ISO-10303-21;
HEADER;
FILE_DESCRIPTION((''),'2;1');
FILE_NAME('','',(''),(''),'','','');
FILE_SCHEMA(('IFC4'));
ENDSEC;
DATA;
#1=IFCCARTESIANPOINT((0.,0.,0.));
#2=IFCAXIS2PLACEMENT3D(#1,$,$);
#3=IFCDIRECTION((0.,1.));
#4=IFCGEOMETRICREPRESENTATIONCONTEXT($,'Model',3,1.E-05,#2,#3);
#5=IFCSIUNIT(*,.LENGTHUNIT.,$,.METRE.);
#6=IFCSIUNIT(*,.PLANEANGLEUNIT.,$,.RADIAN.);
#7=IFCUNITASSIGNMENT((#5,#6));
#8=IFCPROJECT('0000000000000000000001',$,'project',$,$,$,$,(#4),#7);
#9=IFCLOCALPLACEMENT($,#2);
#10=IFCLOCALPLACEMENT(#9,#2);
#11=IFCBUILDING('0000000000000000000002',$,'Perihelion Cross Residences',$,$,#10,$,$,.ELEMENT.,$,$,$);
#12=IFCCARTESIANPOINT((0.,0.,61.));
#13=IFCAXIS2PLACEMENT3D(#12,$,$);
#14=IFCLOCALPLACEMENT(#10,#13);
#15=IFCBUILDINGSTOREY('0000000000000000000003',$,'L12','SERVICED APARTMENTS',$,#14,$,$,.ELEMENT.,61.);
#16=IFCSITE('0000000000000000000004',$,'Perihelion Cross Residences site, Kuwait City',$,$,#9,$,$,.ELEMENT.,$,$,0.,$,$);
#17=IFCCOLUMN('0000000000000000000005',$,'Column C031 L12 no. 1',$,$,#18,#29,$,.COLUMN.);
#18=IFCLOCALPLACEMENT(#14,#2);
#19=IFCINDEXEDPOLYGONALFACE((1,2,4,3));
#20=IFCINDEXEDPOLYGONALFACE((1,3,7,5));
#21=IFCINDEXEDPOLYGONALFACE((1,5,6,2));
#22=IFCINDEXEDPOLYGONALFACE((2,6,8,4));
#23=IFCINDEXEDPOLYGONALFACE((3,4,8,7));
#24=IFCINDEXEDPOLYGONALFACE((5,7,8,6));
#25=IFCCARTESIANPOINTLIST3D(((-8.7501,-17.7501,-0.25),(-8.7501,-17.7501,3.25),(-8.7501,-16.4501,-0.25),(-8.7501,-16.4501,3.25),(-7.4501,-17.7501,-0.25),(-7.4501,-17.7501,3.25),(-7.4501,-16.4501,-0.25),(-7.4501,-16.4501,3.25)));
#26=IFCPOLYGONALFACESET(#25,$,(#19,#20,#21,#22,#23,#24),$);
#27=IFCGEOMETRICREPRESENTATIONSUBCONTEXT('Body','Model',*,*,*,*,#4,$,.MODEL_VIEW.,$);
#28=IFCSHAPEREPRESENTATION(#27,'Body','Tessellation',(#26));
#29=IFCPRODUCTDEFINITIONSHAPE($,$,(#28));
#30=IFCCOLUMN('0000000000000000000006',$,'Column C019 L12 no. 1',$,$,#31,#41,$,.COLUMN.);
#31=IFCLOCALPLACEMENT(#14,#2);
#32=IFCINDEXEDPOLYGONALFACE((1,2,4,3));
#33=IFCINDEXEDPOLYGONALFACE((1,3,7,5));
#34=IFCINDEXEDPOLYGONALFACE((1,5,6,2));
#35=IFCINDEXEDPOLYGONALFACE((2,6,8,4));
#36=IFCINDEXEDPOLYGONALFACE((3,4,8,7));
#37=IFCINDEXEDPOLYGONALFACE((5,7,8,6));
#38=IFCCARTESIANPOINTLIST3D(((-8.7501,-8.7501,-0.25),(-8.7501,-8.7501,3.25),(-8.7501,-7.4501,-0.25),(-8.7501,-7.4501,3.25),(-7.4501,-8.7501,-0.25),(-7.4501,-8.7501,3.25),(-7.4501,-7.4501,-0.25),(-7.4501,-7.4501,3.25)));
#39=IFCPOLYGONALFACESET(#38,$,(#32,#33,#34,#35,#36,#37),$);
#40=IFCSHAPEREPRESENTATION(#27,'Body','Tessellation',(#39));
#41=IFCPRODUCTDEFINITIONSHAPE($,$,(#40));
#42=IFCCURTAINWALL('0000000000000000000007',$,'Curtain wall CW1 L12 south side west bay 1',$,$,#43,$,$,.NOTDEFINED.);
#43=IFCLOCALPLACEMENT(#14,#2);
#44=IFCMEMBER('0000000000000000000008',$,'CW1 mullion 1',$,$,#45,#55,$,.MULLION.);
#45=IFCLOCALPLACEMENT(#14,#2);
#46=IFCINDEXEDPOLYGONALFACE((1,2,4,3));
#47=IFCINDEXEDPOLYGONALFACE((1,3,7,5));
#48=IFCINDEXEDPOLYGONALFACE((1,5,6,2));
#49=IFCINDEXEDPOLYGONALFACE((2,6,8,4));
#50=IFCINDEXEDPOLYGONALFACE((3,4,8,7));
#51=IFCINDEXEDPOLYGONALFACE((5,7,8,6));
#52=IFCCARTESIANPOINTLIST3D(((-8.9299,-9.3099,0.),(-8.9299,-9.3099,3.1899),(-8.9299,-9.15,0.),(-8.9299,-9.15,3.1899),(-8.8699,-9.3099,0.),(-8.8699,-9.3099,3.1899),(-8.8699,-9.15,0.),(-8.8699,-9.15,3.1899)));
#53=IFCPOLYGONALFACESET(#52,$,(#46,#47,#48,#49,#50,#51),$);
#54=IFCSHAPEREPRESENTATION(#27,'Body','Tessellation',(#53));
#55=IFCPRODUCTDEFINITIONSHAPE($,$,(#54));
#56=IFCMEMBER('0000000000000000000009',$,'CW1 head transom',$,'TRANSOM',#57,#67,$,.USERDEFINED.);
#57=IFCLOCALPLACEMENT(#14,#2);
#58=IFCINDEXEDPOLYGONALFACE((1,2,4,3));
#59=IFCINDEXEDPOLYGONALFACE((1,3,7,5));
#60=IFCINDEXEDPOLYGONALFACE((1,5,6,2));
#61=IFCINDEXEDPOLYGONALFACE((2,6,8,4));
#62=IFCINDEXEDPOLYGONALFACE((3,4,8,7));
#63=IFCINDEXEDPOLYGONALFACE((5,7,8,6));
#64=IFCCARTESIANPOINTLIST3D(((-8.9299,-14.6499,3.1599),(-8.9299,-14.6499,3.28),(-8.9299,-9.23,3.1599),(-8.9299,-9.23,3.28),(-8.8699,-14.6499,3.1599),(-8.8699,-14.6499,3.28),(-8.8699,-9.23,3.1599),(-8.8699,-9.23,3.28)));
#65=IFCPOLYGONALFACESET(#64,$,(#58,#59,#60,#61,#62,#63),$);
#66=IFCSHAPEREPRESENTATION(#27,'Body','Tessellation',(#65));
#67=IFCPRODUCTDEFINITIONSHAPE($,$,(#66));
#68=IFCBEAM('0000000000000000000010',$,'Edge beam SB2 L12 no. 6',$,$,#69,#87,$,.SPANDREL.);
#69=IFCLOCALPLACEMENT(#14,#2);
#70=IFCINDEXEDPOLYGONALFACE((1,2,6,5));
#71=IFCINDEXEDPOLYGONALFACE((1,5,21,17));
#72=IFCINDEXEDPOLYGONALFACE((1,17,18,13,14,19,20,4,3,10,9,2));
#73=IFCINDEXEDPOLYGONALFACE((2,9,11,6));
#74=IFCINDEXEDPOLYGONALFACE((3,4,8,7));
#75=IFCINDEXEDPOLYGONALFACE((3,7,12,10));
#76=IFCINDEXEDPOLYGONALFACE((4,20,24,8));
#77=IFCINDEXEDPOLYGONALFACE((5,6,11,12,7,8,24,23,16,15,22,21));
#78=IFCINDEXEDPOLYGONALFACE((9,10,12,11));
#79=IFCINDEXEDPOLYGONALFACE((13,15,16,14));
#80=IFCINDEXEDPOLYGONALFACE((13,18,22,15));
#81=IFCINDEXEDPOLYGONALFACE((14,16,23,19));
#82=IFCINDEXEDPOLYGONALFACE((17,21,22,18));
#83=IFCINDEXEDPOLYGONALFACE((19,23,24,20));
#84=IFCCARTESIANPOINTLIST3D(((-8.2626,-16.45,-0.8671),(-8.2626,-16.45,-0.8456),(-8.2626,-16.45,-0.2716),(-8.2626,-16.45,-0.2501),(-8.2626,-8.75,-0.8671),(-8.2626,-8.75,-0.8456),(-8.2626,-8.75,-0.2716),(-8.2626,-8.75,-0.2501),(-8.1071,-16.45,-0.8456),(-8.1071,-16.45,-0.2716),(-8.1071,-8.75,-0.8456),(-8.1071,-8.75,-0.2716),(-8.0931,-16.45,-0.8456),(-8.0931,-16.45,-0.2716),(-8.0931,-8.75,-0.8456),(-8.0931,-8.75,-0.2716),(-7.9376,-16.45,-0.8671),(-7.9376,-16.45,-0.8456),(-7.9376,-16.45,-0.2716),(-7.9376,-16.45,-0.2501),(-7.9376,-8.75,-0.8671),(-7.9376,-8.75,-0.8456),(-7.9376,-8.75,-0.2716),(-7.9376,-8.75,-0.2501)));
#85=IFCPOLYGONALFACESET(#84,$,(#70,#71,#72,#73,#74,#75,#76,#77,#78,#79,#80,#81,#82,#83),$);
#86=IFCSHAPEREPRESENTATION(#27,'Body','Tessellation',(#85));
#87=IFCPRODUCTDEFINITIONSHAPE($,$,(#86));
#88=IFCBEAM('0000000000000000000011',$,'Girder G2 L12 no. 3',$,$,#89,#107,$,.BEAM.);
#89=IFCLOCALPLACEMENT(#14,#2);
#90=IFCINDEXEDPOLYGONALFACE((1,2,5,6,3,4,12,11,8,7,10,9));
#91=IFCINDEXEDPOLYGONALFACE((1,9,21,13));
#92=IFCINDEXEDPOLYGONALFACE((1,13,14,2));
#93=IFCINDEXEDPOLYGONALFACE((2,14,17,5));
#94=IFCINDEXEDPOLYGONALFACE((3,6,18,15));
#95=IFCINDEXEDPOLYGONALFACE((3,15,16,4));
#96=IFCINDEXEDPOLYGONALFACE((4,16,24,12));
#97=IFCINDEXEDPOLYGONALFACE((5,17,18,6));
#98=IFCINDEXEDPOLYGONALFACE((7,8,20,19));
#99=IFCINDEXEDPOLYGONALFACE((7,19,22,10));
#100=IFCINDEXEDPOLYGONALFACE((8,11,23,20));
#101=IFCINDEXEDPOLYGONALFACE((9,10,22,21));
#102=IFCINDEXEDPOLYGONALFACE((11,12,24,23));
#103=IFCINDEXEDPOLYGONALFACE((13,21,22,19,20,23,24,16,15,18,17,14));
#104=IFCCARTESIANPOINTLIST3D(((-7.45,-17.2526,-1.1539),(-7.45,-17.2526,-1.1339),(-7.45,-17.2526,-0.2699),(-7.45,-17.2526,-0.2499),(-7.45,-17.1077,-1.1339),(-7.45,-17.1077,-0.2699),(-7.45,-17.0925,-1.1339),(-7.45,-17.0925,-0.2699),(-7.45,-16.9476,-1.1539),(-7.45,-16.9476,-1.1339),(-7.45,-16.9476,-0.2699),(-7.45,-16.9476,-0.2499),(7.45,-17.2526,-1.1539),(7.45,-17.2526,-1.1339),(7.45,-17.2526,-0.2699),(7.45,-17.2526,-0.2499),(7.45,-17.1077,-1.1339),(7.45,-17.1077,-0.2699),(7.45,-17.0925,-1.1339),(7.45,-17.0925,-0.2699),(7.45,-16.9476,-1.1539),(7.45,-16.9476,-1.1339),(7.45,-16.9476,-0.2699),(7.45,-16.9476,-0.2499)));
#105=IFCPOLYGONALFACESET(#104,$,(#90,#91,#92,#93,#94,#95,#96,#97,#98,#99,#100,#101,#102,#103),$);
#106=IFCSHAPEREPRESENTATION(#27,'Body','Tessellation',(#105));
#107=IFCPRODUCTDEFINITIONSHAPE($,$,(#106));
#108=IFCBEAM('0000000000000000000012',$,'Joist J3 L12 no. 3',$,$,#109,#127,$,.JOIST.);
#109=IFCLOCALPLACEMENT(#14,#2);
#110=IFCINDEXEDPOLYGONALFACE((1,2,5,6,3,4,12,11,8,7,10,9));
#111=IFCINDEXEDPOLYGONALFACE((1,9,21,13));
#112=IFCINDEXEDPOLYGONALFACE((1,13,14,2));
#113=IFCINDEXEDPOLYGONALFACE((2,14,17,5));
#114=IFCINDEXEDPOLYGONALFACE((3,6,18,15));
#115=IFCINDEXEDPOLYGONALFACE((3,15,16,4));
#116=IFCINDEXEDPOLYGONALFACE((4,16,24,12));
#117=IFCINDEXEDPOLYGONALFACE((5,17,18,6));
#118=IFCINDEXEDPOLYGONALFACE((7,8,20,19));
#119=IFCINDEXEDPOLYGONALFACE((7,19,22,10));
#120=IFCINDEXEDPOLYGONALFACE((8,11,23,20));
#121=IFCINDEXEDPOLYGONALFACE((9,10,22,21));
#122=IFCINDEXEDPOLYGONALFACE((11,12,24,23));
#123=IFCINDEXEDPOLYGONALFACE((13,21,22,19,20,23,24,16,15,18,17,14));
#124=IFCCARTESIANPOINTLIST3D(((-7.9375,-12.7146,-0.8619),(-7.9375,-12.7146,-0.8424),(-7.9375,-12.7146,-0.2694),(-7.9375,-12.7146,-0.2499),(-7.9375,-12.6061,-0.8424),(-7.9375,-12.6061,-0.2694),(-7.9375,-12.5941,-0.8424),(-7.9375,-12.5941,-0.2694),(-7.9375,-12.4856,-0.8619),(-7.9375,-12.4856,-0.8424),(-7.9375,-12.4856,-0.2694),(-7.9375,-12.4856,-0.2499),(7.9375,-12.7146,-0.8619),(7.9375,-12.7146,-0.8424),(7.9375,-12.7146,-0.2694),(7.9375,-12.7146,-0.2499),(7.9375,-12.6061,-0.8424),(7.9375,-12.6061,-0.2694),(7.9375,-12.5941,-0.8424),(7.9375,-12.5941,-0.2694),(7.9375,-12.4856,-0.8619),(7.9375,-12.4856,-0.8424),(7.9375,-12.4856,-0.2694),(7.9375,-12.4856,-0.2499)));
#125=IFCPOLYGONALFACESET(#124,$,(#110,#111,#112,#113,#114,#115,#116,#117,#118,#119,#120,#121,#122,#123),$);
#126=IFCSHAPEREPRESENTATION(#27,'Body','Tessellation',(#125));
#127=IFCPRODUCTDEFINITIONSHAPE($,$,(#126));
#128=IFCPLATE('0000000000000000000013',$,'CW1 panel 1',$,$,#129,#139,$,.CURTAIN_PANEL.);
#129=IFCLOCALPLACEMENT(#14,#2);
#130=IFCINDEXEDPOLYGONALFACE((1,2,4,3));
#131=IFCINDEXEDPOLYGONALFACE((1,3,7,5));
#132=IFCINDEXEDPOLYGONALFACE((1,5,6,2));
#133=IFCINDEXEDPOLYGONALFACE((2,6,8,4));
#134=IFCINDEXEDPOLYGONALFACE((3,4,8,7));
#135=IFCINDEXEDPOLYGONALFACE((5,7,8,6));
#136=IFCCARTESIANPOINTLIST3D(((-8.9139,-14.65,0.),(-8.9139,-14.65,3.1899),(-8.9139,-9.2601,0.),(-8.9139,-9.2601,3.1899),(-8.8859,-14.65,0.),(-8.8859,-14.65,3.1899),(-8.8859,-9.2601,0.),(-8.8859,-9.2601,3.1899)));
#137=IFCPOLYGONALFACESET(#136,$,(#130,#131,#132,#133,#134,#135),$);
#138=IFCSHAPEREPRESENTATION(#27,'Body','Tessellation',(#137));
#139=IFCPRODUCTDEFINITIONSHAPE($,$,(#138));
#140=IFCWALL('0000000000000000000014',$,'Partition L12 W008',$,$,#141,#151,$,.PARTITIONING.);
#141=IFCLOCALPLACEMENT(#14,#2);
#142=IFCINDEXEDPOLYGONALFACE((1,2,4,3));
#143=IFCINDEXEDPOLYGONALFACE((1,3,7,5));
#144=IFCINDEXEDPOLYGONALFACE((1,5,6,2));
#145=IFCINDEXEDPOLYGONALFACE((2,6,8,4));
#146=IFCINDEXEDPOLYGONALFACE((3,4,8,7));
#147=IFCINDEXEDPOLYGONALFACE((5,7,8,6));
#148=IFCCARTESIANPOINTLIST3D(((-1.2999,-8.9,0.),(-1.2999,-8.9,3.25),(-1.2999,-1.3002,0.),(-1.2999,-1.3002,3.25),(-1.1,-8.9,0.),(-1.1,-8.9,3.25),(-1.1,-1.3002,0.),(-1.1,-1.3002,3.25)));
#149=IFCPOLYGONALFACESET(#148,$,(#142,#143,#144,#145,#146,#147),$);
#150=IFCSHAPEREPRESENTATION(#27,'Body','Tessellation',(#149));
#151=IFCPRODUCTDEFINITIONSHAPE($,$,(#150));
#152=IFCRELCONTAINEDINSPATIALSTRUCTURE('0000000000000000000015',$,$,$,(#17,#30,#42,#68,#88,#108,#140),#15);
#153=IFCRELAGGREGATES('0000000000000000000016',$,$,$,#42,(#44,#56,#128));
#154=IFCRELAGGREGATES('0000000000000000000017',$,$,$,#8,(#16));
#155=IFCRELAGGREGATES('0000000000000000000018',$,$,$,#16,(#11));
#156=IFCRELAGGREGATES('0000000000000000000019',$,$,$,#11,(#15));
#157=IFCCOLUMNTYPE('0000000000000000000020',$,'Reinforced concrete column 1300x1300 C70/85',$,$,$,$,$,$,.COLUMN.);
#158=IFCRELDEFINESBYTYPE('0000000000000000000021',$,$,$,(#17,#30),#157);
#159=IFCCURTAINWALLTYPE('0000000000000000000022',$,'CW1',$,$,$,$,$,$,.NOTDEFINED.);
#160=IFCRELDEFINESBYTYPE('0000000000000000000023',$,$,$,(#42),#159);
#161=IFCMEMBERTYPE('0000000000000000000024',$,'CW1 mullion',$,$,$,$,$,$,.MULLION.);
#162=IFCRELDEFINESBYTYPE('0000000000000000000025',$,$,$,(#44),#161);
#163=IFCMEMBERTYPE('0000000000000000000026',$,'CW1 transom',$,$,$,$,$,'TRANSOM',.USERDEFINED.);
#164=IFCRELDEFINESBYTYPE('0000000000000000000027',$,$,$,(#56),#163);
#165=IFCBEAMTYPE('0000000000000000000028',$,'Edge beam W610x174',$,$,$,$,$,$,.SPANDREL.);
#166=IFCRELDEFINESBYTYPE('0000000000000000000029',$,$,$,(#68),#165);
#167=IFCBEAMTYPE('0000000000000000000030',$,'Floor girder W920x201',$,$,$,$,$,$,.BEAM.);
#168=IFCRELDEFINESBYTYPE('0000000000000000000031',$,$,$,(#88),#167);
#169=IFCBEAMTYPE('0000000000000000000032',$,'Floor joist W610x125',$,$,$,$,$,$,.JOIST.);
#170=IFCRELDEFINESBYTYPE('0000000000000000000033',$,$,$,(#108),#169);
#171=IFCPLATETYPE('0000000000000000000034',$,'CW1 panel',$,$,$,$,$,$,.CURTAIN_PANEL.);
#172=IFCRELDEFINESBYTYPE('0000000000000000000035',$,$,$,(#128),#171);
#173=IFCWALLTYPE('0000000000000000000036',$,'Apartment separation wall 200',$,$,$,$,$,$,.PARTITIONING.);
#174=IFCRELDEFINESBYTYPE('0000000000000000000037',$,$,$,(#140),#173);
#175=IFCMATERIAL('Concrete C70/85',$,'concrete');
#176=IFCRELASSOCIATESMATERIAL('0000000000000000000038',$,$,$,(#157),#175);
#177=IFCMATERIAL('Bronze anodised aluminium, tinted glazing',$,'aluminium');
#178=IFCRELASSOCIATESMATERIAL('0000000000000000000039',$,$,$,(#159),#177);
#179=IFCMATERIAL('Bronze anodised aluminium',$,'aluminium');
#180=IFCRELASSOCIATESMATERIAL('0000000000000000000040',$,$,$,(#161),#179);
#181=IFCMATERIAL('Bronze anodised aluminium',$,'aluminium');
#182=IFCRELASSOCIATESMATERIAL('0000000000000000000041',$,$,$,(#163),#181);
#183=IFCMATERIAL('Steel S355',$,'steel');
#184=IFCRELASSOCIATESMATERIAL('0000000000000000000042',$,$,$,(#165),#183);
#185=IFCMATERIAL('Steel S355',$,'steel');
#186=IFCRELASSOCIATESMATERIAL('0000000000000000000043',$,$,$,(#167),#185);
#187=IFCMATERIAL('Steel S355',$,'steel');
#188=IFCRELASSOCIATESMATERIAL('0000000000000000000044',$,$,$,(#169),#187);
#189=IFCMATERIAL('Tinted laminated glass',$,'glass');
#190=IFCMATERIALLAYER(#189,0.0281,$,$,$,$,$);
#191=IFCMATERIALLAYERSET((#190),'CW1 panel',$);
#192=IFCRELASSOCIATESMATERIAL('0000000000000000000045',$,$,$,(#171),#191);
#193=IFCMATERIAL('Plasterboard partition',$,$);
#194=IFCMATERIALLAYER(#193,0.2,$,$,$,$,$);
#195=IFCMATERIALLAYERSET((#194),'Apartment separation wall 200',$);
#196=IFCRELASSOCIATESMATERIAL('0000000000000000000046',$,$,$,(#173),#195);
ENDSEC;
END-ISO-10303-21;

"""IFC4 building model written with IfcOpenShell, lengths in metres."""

from ifc_helpers import new_model, si_unit, direction, frame, frame_2d, origin, origin_2d, place, context, subcontext, project, spatial, rectangle, i_section, extrude, material, layer, layer_set, material_profile, profile_set, type_object, element, aggregate, save


model = new_model("IFC4")

# Units and contexts
model_context = context("Model", 3, precision=1e-05, world=origin(), true_north=direction((0.0, 1.0)))
body_context = subcontext(model_context, "Body", "Model", "MODEL_VIEW")
ifc_project = project(units=[si_unit("LENGTHUNIT", "METRE"), si_unit("PLANEANGLEUNIT", "RADIAN")], contexts=[model_context])

# Site, building, storey
site_placement = place(None, origin())
site = spatial("IfcSite", under=ifc_project, at=site_placement, Name="Perihelion Cross Residences site, Kuwait City", CompositionType="ELEMENT", RefElevation=0.0)
building_placement = place(site_placement, origin())
building = spatial("IfcBuilding", under=site, at=building_placement, Name="Perihelion Cross Residences", CompositionType="ELEMENT")
storey_placement = place(building_placement, frame((0.0, 0.0, 61.0)))
storey = spatial("IfcBuildingStorey", under=building, at=storey_placement, Name="L12", Description="SERVICED APARTMENTS", CompositionType="ELEMENT", Elevation=61.0)

# Columns
ifc_material_1 = material(Name="Concrete C70/85", Category="concrete")
ifc_material_profile_1 = material_profile(ifc_material_1, rectangle(XDim=1.3, YDim=1.3, at=origin_2d()), Name="RC 1300x1300")
ifc_profile_set_1 = profile_set([ifc_material_profile_1], Name="Concrete C70/85")
column_type = type_object("IfcColumnType", Name="Reinforced concrete column 1300x1300 C70/85", PredefinedType="COLUMN", material=ifc_profile_set_1)
for number, where, z_axis, x_axis, name in (
    (1, (-8.1001, -17.1001, -0.25), (0.0, 0.0, 1.0), (1.0, 0.0, 0.0), "Column C031 L12 no. 1"),
    (2, (-8.1001, -8.1001, -0.25), (0.0, 0.0, 1.0), (1.0, 0.0, 0.0), "Column C019 L12 no. 1"),
):
    element("IfcColumn", number, at=place(storey_placement, frame(where, z_axis=z_axis, x_axis=x_axis)), inside=storey, type_object=column_type, Name=name, PredefinedType="COLUMN", context=body_context, shape_type="SweptSolid", body=[
        extrude(rectangle(XDim=1.3, YDim=1.3, at=origin_2d()), origin(), (0.0, 0.0, 1.0), 3.5),
    ])

# Curtain wall, members
ifc_material_2 = material(Name="Bronze anodised aluminium, tinted glazing", Category="aluminium")
curtain_wall_type = type_object("IfcCurtainWallType", Name="CW1", PredefinedType="NOTDEFINED", material=ifc_material_2)
curtain_wall_placement = place(storey_placement, origin())
curtain_wall = element("IfcCurtainWall", 3, at=curtain_wall_placement, inside=storey, type_object=curtain_wall_type, Name="Curtain wall CW1 L12 south side west bay 1", PredefinedType="NOTDEFINED")
ifc_material_3 = material(Name="Bronze anodised aluminium", Category="aluminium")
ifc_material_profile_2 = material_profile(ifc_material_3, rectangle(XDim=0.0601, YDim=0.1599, at=origin_2d()), Name="CW1 mullion")
ifc_profile_set_2 = profile_set([ifc_material_profile_2], Name="Bronze anodised aluminium")
member_type_1 = type_object("IfcMemberType", Name="CW1 mullion", PredefinedType="MULLION", material=ifc_profile_set_2)
member_1_placement = place(storey_placement, frame((-8.8999, -9.23, 0.0), z_axis=(0.0, 0.0, 1.0), x_axis=(1.0, 0.0, 0.0)))
member_1 = element("IfcMember", 4, at=member_1_placement, type_object=member_type_1, Name="CW1 mullion 1", PredefinedType="MULLION", context=body_context, shape_type="SweptSolid", body=[
    extrude(rectangle(XDim=0.0601, YDim=0.1599, at=origin_2d()), origin(), (0.0, 0.0, 1.0), 3.1899),
])
ifc_material_4 = material(Name="Bronze anodised aluminium", Category="aluminium")
ifc_material_profile_3 = material_profile(ifc_material_4, rectangle(XDim=0.0601, YDim=0.1201, at=origin_2d()), Name="CW1 transom")
ifc_profile_set_3 = profile_set([ifc_material_profile_3], Name="Bronze anodised aluminium")
member_type_2 = type_object("IfcMemberType", Name="CW1 transom", ElementType="TRANSOM", PredefinedType="USERDEFINED", material=ifc_profile_set_3)
member_2_placement = place(storey_placement, frame((-8.8999, -9.23, 3.22), z_axis=(0.0, -1.0, 0.0), x_axis=(1.0, 0.0, 0.0)))
member_2 = element("IfcMember", 5, at=member_2_placement, type_object=member_type_2, Name="CW1 head transom", ObjectType="TRANSOM", PredefinedType="USERDEFINED", context=body_context, shape_type="SweptSolid", body=[
    extrude(rectangle(XDim=0.0601, YDim=0.1201, at=origin_2d()), origin(), (0.0, 0.0, 1.0), 5.4199),
])

# Beams
ifc_material_5 = material(Name="Steel S355", Category="steel")
ifc_material_profile_4 = material_profile(ifc_material_5, i_section(OverallWidth=0.325, OverallDepth=0.6169, WebThickness=0.0139, FlangeThickness=0.0215, at=origin_2d()), Name="W610x174")
ifc_profile_set_4 = profile_set([ifc_material_profile_4], Name="Steel S355")
beam_type_1 = type_object("IfcBeamType", Name="Edge beam W610x174", PredefinedType="SPANDREL", material=ifc_profile_set_4)
beam_1_placement = place(storey_placement, frame((-8.1001, -8.75, -0.5586), z_axis=(0.0, -1.0, 0.0), x_axis=(1.0, 0.0, 0.0)))
element("IfcBeam", 6, at=beam_1_placement, inside=storey, type_object=beam_type_1, Name="Edge beam SB2 L12 no. 6", PredefinedType="SPANDREL", context=body_context, shape_type="SweptSolid", body=[
    extrude(i_section(OverallWidth=0.325, OverallDepth=0.6169, WebThickness=0.0139, FlangeThickness=0.0215, at=origin_2d()), origin(), (0.0, 0.0, 1.0), 7.7),
])
ifc_material_6 = material(Name="Steel S355", Category="steel")
ifc_material_profile_5 = material_profile(ifc_material_6, i_section(OverallWidth=0.3049, OverallDepth=0.9041, WebThickness=0.0151, FlangeThickness=0.02, at=origin_2d()), Name="W920x201")
ifc_profile_set_5 = profile_set([ifc_material_profile_5], Name="Steel S355")
beam_type_2 = type_object("IfcBeamType", Name="Floor girder W920x201", PredefinedType="BEAM", material=ifc_profile_set_5)
beam_2_placement = place(storey_placement, frame((-7.45, -17.1001, -0.7019), z_axis=(1.0, 0.0, 0.0), x_axis=(0.0, 1.0, 0.0)))
element("IfcBeam", 7, at=beam_2_placement, inside=storey, type_object=beam_type_2, Name="Girder G2 L12 no. 3", PredefinedType="BEAM", context=body_context, shape_type="SweptSolid", body=[
    extrude(i_section(OverallWidth=0.3049, OverallDepth=0.9041, WebThickness=0.0151, FlangeThickness=0.02, at=origin_2d()), origin(), (0.0, 0.0, 1.0), 14.8999),
])
ifc_material_7 = material(Name="Steel S355", Category="steel")
ifc_material_profile_6 = material_profile(ifc_material_7, i_section(OverallWidth=0.229, OverallDepth=0.6121, WebThickness=0.012, FlangeThickness=0.0195, at=origin_2d()), Name="W610x125")
ifc_profile_set_6 = profile_set([ifc_material_profile_6], Name="Steel S355")
beam_type_3 = type_object("IfcBeamType", Name="Floor joist W610x125", PredefinedType="JOIST", material=ifc_profile_set_6)
beam_3_placement = place(storey_placement, frame((-7.9375, -12.6001, -0.5559), z_axis=(1.0, 0.0, 0.0), x_axis=(0.0, 1.0, 0.0)))
element("IfcBeam", 8, at=beam_3_placement, inside=storey, type_object=beam_type_3, Name="Joist J3 L12 no. 3", PredefinedType="JOIST", context=body_context, shape_type="SweptSolid", body=[
    extrude(i_section(OverallWidth=0.229, OverallDepth=0.6121, WebThickness=0.012, FlangeThickness=0.0195, at=origin_2d()), origin(), (0.0, 0.0, 1.0), 15.875),
])

# Plate
ifc_material_8 = material(Name="Tinted laminated glass", Category="glass")
ifc_layer_1 = layer(ifc_material_8, 0.0281)
ifc_layer_set_1 = layer_set([ifc_layer_1], Name="CW1 panel")
plate_type = type_object("IfcPlateType", Name="CW1 panel", PredefinedType="CURTAIN_PANEL", material=ifc_layer_set_1)
plate_placement = place(storey_placement, frame((-8.8999, -11.9551, 0.0), z_axis=(0.0, 0.0, 1.0), x_axis=(0.0, -1.0, 0.0)))
plate = element("IfcPlate", 9, at=plate_placement, type_object=plate_type, Name="CW1 panel 1", PredefinedType="CURTAIN_PANEL", context=body_context, shape_type="SweptSolid", body=[
    extrude(rectangle(XDim=5.3899, YDim=0.0281, at=origin_2d()), origin(), (0.0, 0.0, 1.0), 3.1899),
])
aggregate(curtain_wall, [member_1, member_2, plate])

# Wall
ifc_material_9 = material(Name="Plasterboard partition")
ifc_layer_2 = layer(ifc_material_9, 0.2)
ifc_layer_set_2 = layer_set([ifc_layer_2], Name="Apartment separation wall 200")
wall_type_1 = type_object("IfcWallType", Name="Apartment separation wall 200", PredefinedType="PARTITIONING", material=ifc_layer_set_2)
wall_1_placement = place(storey_placement, frame((-1.2, -8.8999, 0.0), z_axis=(0.0, 0.0, 1.0), x_axis=(0.0, 1.0, 0.0)))
element("IfcWall", 10, at=wall_1_placement, inside=storey, type_object=wall_type_1, Name="Partition L12 W008", PredefinedType="PARTITIONING", context=body_context, shape_type="SweptSolid", body=[
    extrude(rectangle(XDim=7.5999, YDim=0.2, at=frame_2d((3.7998, 0.0))), origin(), (0.0, 0.0, 1.0), 3.25),
])

save(model, "model.ifc")
